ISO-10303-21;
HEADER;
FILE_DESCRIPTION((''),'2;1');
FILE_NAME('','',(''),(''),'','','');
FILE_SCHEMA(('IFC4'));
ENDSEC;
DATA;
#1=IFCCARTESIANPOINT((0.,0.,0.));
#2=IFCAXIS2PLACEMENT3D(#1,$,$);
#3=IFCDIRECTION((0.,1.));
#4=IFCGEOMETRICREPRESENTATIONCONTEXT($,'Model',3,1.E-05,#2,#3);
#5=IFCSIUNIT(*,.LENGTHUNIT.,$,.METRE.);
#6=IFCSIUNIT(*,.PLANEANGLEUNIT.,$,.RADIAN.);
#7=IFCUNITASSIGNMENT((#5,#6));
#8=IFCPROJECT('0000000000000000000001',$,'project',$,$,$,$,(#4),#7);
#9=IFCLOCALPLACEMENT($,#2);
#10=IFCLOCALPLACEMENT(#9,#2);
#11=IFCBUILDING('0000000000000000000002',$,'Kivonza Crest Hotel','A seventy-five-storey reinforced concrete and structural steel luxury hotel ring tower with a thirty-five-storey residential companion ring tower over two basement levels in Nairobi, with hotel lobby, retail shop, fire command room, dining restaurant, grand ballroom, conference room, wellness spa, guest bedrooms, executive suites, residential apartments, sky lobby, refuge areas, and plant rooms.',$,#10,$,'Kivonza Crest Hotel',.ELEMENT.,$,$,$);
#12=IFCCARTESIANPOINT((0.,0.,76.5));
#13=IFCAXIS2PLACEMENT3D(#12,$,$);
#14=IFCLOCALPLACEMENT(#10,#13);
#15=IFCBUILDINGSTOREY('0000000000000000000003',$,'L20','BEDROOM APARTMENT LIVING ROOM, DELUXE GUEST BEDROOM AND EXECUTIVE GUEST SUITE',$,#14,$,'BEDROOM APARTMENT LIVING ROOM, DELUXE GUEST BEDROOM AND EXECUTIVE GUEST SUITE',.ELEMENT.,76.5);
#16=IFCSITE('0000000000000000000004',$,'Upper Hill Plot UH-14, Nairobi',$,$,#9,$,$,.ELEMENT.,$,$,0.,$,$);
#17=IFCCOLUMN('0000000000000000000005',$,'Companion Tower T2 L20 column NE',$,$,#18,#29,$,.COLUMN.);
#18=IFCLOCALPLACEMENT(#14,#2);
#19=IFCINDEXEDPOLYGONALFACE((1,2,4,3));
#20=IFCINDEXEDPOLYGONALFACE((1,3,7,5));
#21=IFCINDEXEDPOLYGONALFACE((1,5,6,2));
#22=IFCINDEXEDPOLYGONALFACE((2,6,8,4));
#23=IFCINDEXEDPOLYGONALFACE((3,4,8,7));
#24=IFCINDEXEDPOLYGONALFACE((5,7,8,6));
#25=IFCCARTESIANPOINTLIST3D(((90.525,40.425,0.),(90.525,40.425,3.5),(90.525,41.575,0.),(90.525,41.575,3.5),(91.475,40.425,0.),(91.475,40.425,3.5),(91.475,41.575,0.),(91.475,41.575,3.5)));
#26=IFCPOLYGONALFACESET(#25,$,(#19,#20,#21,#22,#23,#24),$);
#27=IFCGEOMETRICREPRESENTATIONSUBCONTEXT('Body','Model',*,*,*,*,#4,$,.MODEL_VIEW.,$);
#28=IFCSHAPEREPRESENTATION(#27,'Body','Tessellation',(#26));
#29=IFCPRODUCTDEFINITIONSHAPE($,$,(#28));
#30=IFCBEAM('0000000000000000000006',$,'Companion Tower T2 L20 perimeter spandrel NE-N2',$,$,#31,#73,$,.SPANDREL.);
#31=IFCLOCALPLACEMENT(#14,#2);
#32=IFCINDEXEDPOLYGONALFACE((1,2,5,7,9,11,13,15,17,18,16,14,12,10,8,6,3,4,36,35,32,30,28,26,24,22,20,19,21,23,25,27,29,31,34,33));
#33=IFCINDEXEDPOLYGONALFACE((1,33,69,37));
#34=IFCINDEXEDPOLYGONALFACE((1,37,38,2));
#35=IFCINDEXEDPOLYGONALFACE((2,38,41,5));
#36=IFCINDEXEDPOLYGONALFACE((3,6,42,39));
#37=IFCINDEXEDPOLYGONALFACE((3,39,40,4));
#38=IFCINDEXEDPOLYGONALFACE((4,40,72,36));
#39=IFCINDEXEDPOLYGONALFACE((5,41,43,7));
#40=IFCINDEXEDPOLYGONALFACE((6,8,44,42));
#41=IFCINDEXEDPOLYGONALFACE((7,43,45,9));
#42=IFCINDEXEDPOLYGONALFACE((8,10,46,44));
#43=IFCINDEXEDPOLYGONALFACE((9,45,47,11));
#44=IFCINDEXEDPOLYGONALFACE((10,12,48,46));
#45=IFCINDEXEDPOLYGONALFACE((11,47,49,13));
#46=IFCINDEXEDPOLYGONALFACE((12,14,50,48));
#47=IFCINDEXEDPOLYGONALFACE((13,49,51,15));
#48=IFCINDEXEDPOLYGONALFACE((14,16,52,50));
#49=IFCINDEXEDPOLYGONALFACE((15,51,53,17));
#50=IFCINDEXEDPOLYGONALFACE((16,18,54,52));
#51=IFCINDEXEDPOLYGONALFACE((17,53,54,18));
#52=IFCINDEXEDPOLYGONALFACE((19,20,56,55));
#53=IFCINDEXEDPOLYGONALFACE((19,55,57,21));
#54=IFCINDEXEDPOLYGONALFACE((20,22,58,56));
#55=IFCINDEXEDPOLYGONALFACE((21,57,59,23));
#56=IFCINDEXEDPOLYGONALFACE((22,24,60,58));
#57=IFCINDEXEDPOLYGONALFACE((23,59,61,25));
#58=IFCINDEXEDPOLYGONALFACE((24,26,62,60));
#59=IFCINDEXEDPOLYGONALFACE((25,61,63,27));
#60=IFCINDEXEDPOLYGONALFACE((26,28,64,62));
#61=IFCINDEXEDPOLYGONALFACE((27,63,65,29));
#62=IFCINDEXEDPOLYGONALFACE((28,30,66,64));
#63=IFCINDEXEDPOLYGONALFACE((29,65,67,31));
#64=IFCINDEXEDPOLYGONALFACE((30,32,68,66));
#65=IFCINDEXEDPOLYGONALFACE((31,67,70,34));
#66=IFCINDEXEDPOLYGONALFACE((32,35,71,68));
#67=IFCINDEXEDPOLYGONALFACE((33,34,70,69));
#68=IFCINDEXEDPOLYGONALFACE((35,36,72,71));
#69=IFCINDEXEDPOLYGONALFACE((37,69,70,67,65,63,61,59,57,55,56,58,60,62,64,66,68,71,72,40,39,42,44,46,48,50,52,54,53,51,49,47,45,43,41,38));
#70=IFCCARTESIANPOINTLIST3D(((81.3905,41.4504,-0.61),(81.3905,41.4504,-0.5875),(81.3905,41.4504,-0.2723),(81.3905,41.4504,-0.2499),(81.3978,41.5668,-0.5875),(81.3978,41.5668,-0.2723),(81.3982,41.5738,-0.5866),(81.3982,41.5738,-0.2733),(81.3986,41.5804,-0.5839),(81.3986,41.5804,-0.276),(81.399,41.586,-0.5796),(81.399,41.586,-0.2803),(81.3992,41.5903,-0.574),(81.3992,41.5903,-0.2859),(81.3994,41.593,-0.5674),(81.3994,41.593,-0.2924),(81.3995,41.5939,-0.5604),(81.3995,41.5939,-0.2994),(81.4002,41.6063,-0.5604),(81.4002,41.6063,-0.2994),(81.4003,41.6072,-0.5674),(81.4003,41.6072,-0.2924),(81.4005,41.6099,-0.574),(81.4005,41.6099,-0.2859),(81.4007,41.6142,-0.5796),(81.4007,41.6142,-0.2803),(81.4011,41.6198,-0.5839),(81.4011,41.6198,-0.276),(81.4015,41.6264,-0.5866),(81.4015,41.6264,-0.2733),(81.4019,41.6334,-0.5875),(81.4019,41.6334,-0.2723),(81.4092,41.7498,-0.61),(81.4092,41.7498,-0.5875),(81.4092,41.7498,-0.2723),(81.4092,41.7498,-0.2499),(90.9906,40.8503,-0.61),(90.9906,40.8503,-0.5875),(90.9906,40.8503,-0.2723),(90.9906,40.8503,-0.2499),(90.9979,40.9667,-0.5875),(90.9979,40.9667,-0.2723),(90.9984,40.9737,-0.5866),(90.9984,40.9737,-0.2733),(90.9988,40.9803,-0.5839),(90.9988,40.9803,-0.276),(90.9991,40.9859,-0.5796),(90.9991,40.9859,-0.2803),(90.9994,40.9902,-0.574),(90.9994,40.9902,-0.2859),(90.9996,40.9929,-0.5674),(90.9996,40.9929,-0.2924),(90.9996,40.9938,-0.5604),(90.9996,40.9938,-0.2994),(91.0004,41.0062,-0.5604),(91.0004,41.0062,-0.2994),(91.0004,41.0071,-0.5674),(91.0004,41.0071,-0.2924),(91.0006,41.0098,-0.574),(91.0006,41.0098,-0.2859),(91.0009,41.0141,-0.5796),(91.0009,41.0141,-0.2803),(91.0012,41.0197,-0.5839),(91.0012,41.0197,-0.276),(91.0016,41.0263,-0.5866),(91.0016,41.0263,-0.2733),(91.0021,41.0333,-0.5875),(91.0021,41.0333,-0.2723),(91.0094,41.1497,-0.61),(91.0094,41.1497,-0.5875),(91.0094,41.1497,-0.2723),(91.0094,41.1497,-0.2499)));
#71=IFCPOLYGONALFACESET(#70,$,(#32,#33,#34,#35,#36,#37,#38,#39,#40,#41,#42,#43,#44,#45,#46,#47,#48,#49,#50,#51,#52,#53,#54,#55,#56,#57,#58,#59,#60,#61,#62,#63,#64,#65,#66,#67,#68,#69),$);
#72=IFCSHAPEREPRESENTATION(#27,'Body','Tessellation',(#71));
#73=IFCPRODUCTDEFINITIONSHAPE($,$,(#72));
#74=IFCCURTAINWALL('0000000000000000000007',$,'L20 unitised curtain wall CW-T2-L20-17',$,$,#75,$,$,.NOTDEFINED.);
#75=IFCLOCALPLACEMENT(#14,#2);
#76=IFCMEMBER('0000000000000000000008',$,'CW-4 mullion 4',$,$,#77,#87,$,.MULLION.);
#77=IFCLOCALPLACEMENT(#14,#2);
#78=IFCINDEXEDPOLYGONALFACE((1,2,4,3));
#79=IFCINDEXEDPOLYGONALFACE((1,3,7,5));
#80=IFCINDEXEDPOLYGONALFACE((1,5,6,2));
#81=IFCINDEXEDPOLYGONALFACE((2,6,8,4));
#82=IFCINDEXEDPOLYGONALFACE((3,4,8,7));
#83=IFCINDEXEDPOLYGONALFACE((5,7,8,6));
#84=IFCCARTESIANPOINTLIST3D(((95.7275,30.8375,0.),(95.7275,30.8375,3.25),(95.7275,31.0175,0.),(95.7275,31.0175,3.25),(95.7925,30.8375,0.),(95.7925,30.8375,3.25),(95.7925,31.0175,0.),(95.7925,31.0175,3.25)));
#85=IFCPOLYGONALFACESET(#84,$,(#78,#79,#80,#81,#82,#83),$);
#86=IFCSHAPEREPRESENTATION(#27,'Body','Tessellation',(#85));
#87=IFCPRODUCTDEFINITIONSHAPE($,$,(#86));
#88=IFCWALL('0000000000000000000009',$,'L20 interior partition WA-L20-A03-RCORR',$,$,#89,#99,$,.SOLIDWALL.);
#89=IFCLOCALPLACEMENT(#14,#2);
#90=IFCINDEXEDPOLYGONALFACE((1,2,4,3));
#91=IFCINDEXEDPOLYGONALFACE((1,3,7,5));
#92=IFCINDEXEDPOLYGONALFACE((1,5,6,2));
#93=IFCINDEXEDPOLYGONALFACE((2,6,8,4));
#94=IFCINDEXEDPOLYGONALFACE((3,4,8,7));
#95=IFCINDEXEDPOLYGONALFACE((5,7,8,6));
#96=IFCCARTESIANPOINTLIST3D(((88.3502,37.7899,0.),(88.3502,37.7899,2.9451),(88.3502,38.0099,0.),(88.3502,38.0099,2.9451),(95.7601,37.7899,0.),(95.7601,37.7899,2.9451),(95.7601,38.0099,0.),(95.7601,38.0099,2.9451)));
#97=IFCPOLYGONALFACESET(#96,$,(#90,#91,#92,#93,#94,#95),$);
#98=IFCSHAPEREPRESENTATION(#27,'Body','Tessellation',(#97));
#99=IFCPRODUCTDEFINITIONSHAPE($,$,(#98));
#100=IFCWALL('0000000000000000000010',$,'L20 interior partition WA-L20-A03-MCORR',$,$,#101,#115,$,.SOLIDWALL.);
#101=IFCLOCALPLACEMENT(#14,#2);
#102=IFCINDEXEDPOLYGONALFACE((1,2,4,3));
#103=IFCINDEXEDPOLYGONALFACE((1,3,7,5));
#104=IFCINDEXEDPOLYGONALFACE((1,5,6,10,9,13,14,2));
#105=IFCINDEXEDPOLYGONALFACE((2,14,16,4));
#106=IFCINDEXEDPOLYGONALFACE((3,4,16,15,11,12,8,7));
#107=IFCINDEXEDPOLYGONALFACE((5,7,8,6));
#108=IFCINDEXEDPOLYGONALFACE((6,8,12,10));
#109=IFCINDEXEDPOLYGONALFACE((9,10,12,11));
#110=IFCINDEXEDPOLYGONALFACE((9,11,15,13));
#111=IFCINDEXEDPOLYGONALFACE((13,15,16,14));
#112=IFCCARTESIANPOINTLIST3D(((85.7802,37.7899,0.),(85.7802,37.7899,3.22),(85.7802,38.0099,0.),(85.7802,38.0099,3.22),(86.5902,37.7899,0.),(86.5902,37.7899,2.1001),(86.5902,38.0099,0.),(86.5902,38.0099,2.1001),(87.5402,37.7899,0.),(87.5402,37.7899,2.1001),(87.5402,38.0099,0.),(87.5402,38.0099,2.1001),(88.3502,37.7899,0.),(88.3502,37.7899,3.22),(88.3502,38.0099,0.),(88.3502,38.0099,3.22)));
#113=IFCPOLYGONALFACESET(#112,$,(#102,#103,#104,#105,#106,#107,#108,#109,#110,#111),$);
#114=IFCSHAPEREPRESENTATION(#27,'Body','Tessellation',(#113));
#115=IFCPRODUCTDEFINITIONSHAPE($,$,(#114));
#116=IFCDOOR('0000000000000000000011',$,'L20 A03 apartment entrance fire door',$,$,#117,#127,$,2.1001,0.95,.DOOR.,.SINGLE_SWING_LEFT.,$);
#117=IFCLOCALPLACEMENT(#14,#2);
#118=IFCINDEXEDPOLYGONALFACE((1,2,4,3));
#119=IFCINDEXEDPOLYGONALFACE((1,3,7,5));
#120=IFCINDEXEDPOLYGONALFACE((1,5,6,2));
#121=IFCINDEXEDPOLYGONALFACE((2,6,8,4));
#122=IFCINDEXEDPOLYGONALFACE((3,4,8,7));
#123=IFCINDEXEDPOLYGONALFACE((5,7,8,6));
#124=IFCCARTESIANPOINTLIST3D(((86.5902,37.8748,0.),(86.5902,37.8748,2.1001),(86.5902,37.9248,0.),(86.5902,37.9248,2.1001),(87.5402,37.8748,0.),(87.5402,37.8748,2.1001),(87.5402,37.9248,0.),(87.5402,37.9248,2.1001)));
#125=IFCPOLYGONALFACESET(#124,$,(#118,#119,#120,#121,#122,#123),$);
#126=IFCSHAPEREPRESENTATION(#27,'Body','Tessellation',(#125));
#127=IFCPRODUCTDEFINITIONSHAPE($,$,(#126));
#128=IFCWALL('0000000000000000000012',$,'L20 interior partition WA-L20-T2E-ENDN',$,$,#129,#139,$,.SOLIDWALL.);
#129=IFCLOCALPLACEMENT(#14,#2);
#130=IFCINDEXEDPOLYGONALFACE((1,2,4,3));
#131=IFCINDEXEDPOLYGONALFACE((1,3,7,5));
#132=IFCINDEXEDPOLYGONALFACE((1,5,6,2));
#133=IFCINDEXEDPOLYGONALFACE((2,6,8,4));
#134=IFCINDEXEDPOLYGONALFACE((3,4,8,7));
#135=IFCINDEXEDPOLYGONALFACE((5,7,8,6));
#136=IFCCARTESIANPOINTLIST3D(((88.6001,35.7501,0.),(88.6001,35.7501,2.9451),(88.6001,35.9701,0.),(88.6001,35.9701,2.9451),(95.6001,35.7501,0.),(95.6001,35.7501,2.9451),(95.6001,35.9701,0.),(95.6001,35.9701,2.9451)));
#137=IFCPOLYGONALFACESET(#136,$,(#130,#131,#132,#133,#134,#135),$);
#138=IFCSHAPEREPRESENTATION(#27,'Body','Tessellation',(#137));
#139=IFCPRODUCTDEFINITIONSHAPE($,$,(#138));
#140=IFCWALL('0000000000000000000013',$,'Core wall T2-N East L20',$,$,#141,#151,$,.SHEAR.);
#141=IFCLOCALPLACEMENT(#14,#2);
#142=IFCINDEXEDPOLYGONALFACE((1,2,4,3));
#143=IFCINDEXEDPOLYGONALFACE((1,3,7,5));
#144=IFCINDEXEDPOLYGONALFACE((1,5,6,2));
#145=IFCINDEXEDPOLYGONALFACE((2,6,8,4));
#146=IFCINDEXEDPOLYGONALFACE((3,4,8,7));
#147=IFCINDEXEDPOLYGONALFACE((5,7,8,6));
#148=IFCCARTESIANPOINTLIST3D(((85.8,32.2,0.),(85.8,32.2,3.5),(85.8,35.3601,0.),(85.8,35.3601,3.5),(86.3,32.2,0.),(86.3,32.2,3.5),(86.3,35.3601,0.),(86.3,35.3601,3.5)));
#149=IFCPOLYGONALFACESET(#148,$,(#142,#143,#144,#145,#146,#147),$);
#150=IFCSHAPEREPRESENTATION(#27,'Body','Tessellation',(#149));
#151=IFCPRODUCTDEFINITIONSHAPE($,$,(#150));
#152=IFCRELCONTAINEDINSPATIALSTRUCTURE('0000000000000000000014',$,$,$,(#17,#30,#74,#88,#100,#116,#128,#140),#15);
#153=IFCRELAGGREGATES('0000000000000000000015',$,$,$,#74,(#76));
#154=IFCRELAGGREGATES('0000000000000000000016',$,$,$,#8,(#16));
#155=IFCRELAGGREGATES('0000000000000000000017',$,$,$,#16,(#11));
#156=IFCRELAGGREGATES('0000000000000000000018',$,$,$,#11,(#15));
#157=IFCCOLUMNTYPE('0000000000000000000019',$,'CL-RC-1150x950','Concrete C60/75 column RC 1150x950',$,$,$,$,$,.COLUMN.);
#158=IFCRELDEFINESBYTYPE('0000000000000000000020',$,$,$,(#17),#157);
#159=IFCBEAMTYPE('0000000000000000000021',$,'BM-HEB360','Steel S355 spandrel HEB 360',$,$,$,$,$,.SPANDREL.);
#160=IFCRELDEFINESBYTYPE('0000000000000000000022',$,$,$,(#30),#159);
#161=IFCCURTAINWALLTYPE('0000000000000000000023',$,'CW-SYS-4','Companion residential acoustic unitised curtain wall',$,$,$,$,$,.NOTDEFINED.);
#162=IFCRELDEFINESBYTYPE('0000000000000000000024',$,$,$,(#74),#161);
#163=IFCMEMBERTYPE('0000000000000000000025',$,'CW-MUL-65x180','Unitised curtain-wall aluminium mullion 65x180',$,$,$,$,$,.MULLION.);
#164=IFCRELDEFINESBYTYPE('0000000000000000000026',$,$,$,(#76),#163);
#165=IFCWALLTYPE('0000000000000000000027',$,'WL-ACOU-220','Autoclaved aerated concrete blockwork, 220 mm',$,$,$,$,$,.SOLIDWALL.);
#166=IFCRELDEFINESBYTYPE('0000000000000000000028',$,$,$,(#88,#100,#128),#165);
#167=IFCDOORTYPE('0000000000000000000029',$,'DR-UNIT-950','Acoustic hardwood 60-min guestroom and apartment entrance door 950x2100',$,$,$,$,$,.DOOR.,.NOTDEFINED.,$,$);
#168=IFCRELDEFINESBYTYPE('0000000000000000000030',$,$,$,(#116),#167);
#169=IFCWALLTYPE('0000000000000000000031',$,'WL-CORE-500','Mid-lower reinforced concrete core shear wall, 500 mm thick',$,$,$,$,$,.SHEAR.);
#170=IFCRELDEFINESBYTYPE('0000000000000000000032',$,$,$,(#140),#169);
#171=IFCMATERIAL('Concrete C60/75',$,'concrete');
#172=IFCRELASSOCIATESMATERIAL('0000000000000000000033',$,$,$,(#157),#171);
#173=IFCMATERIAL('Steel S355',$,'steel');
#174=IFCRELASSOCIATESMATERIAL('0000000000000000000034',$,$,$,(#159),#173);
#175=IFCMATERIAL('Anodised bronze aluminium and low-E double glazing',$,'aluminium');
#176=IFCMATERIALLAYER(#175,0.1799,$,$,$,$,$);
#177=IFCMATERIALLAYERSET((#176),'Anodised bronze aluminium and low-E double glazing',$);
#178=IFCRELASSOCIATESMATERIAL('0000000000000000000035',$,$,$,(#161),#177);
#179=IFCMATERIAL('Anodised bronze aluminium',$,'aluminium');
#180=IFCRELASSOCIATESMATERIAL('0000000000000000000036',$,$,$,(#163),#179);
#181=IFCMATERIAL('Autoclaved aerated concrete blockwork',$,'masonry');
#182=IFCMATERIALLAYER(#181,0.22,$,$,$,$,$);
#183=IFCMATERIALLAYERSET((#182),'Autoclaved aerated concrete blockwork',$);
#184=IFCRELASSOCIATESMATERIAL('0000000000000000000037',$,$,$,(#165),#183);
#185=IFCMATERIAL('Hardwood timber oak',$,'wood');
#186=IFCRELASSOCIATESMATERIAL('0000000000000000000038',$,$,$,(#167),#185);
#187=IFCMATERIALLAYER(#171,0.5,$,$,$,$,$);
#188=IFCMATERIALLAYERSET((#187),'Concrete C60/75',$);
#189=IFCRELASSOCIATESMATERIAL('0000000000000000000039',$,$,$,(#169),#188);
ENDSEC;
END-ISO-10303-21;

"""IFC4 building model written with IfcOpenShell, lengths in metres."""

from ifc_helpers import new_model, si_unit, direction, frame, frame_2d, origin, origin_2d, place, context, subcontext, project, spatial, rectangle, i_section, extrude, material, layer, layer_set, material_profile, profile_set, type_object, element, fill, aggregate, save


model = new_model("IFC4")

# Units and contexts
model_context = context("Model", 3, precision=1e-05, world=origin(), true_north=direction((0.0, 1.0)))
body_context = subcontext(model_context, "Body", "Model", "MODEL_VIEW")
ifc_project = project(units=[si_unit("LENGTHUNIT", "METRE"), si_unit("PLANEANGLEUNIT", "RADIAN")], contexts=[model_context])

# Site, building, storey
site_placement = place(None, origin())
site = spatial("IfcSite", under=ifc_project, at=site_placement, Name="Upper Hill Plot UH-14, Nairobi", CompositionType="ELEMENT", RefElevation=0.0)
building_placement = place(site_placement, origin())
building = spatial("IfcBuilding", under=site, at=building_placement, Name="Kivonza Crest Hotel", Description="A seventy-five-storey reinforced concrete and structural steel luxury hotel ring tower with a thirty-five-storey residential companion ring tower over two basement levels in Nairobi, with hotel lobby, retail shop, fire command room, dining restaurant, grand ballroom, conference room, wellness spa, guest bedrooms, executive suites, residential apartments, sky lobby, refuge areas, and plant rooms.", LongName="Kivonza Crest Hotel", CompositionType="ELEMENT")
storey_placement = place(building_placement, frame((0.0, 0.0, 76.5)))
storey = spatial("IfcBuildingStorey", under=building, at=storey_placement, Name="L20", Description="BEDROOM APARTMENT LIVING ROOM, DELUXE GUEST BEDROOM AND EXECUTIVE GUEST SUITE", LongName="BEDROOM APARTMENT LIVING ROOM, DELUXE GUEST BEDROOM AND EXECUTIVE GUEST SUITE", CompositionType="ELEMENT", Elevation=76.5)

# Column
ifc_material_1 = material(Name="Concrete C60/75", Category="concrete")
ifc_material_profile_1 = material_profile(ifc_material_1, rectangle(XDim=0.95, YDim=1.1499, at=origin_2d()), Name="RC 1150x950")
ifc_profile_set_1 = profile_set([ifc_material_profile_1], Name="Concrete C60/75")
column_type = type_object("IfcColumnType", Name="CL-RC-1150x950", Description="Concrete C60/75 column RC 1150x950", PredefinedType="COLUMN", material=ifc_profile_set_1)
column_placement = place(storey_placement, frame((91.0, 41.0, 0.0), z_axis=(0.0, 0.0, 1.0), x_axis=(1.0, 0.0, 0.0)))
element("IfcColumn", 1, at=column_placement, inside=storey, type_object=column_type, Name="Companion Tower T2 L20 column NE", PredefinedType="COLUMN", context=body_context, shape_type="SweptSolid", body=[
    extrude(rectangle(XDim=0.95, YDim=1.1499, at=origin_2d()), origin(), (0.0, 0.0, 1.0), 3.5),
])

# Beam
ifc_material_2 = material(Name="Steel S355", Category="steel")
ifc_material_profile_2 = material_profile(ifc_material_2, i_section(OverallWidth=0.3, OverallDepth=0.3601, WebThickness=0.0125, FlangeThickness=0.0225, FilletRadius=0.0271, at=origin_2d()), Name="HEB 360")
ifc_profile_set_2 = profile_set([ifc_material_profile_2], Name="Steel S355")
beam_type = type_object("IfcBeamType", Name="BM-HEB360", Description="Steel S355 spandrel HEB 360", PredefinedType="SPANDREL", material=ifc_profile_set_2)
beam_placement = place(storey_placement, frame((91.0, 41.0, -0.4299), z_axis=(-0.998052, 0.062388, 0.0), x_axis=(-0.062388, -0.998052, 0.0)))
element("IfcBeam", 2, at=beam_placement, inside=storey, type_object=beam_type, Name="Companion Tower T2 L20 perimeter spandrel NE-N2", PredefinedType="SPANDREL", context=body_context, shape_type="SweptSolid", body=[
    extrude(i_section(OverallWidth=0.3, OverallDepth=0.3601, WebThickness=0.0125, FlangeThickness=0.0225, FilletRadius=0.0271, at=origin_2d()), origin(), (0.0, 0.0, 1.0), 9.6189),
])

# Curtain wall, member
ifc_material_3 = material(Name="Anodised bronze aluminium and low-E double glazing", Category="aluminium")
ifc_layer_1 = layer(ifc_material_3, 0.1799)
ifc_layer_set_1 = layer_set([ifc_layer_1], Name="Anodised bronze aluminium and low-E double glazing")
curtain_wall_type = type_object("IfcCurtainWallType", Name="CW-SYS-4", Description="Companion residential acoustic unitised curtain wall", PredefinedType="NOTDEFINED", material=ifc_layer_set_1)
curtain_wall_placement = place(storey_placement, origin())
curtain_wall = element("IfcCurtainWall", 3, at=curtain_wall_placement, inside=storey, type_object=curtain_wall_type, Name="L20 unitised curtain wall CW-T2-L20-17", PredefinedType="NOTDEFINED")
ifc_material_4 = material(Name="Anodised bronze aluminium", Category="aluminium")
ifc_material_profile_3 = material_profile(ifc_material_4, rectangle(XDim=0.0649, YDim=0.1799, at=origin_2d()), Name="CW-M 65x180")
ifc_profile_set_3 = profile_set([ifc_material_profile_3], Name="Anodised bronze aluminium")
member_type = type_object("IfcMemberType", Name="CW-MUL-65x180", Description="Unitised curtain-wall aluminium mullion 65x180", PredefinedType="MULLION", material=ifc_profile_set_3)
member_placement = place(storey_placement, frame((95.76, 30.9275, 0.0), z_axis=(0.0, 0.0, 1.0), x_axis=(-1.0, 0.0, 0.0)))
member = element("IfcMember", 4, at=member_placement, type_object=member_type, Name="CW-4 mullion 4", PredefinedType="MULLION", context=body_context, shape_type="SweptSolid", body=[
    extrude(rectangle(XDim=0.0649, YDim=0.1799, at=origin_2d()), origin(), (0.0, 0.0, 1.0), 3.25),
])
aggregate(curtain_wall, [member])

# Wall
ifc_material_5 = material(Name="Autoclaved aerated concrete blockwork", Category="masonry")
ifc_layer_2 = layer(ifc_material_5, 0.22)
ifc_layer_set_2 = layer_set([ifc_layer_2], Name="Autoclaved aerated concrete blockwork")
wall_type_1 = type_object("IfcWallType", Name="WL-ACOU-220", Description="Autoclaved aerated concrete blockwork, 220 mm", PredefinedType="SOLIDWALL", material=ifc_layer_set_2)
wall_1_placement = place(storey_placement, frame((88.3501, 37.8999, 0.0), z_axis=(0.0, 0.0, 1.0), x_axis=(1.0, 0.0, 0.0)))
element("IfcWall", 5, at=wall_1_placement, inside=storey, type_object=wall_type_1, Name="L20 interior partition WA-L20-A03-RCORR", PredefinedType="SOLIDWALL", context=body_context, shape_type="SweptSolid", body=[
    extrude(rectangle(XDim=7.4099, YDim=0.22, at=frame_2d((3.7051, 0.0))), origin(), (0.0, 0.0, 1.0), 2.9451),
])

# Wall, opening, door
wall_2_placement = place(storey_placement, frame((85.78, 37.8999, 0.0), z_axis=(0.0, 0.0, 1.0), x_axis=(1.0, 0.0, 0.0)))
wall_2 = element("IfcWall", 6, at=wall_2_placement, inside=storey, type_object=wall_type_1, Name="L20 interior partition WA-L20-A03-MCORR", PredefinedType="SOLIDWALL", context=body_context, shape_type="SweptSolid", body=[
    extrude(rectangle(XDim=2.5701, YDim=0.22, at=frame_2d((1.2852, 0.0))), origin(), (0.0, 0.0, 1.0), 3.22),
])
opening_1_placement = place(wall_2_placement, frame((0.8101, 0.0, 0.0)))
opening_1 = element("IfcOpeningElement", 7, at=opening_1_placement, cuts=wall_2, PredefinedType="OPENING", context=body_context, shape_type="SweptSolid", body=[
    extrude(rectangle(XDim=0.95, YDim=2.1001, at=frame_2d((0.4751, 1.05))), frame((0.0, 0.1201, 0.0), z_axis=(0.0, -1.0, 0.0), x_axis=(1.0, 0.0, 0.0)), (0.0, 0.0, 1.0), 0.24),
])
ifc_material_6 = material(Name="Hardwood timber oak", Category="wood")
door_type_1 = type_object("IfcDoorType", Name="DR-UNIT-950", Description="Acoustic hardwood 60-min guestroom and apartment entrance door 950x2100", OperationType="NOTDEFINED", PredefinedType="DOOR", material=ifc_material_6)
door_1_placement = place(opening_1_placement, origin())
door_1 = element("IfcDoor", 8, at=door_1_placement, inside=storey, type_object=door_type_1, Name="L20 A03 apartment entrance fire door", OperationType="SINGLE_SWING_LEFT", OverallHeight=2.1001, OverallWidth=0.95, PredefinedType="DOOR", context=body_context, shape_type="SweptSolid", body=[
    extrude(rectangle(XDim=0.95, YDim=2.1001, at=frame_2d((0.4751, 1.05))), frame((0.0, 0.0249, 0.0), z_axis=(0.0, -1.0, 0.0), x_axis=(1.0, 0.0, 0.0)), (0.0, 0.0, 1.0), 0.05),
])
fill(opening_1, door_1)

# Walls
wall_3_placement = place(storey_placement, frame((88.6001, 35.8601, 0.0), z_axis=(0.0, 0.0, 1.0), x_axis=(1.0, 0.0, 0.0)))
element("IfcWall", 9, at=wall_3_placement, inside=storey, type_object=wall_type_1, Name="L20 interior partition WA-L20-T2E-ENDN", PredefinedType="SOLIDWALL", context=body_context, shape_type="SweptSolid", body=[
    extrude(rectangle(XDim=7.0, YDim=0.22, at=frame_2d((3.5, 0.0))), origin(), (0.0, 0.0, 1.0), 2.9451),
])
ifc_layer_3 = layer(ifc_material_1, 0.5)
ifc_layer_set_3 = layer_set([ifc_layer_3], Name="Concrete C60/75")
wall_type_2 = type_object("IfcWallType", Name="WL-CORE-500", Description="Mid-lower reinforced concrete core shear wall, 500 mm thick", PredefinedType="SHEAR", material=ifc_layer_set_3)
wall_4_placement = place(storey_placement, frame((86.05, 32.2, 0.0), z_axis=(0.0, 0.0, 1.0), x_axis=(0.0, 1.0, 0.0)))
element("IfcWall", 10, at=wall_4_placement, inside=storey, type_object=wall_type_2, Name="Core wall T2-N East L20", PredefinedType="SHEAR", context=body_context, shape_type="SweptSolid", body=[
    extrude(rectangle(XDim=3.1602, YDim=0.5, at=frame_2d((1.5801, 0.0))), origin(), (0.0, 0.0, 1.0), 3.5),
])

save(model, "model.ifc")
